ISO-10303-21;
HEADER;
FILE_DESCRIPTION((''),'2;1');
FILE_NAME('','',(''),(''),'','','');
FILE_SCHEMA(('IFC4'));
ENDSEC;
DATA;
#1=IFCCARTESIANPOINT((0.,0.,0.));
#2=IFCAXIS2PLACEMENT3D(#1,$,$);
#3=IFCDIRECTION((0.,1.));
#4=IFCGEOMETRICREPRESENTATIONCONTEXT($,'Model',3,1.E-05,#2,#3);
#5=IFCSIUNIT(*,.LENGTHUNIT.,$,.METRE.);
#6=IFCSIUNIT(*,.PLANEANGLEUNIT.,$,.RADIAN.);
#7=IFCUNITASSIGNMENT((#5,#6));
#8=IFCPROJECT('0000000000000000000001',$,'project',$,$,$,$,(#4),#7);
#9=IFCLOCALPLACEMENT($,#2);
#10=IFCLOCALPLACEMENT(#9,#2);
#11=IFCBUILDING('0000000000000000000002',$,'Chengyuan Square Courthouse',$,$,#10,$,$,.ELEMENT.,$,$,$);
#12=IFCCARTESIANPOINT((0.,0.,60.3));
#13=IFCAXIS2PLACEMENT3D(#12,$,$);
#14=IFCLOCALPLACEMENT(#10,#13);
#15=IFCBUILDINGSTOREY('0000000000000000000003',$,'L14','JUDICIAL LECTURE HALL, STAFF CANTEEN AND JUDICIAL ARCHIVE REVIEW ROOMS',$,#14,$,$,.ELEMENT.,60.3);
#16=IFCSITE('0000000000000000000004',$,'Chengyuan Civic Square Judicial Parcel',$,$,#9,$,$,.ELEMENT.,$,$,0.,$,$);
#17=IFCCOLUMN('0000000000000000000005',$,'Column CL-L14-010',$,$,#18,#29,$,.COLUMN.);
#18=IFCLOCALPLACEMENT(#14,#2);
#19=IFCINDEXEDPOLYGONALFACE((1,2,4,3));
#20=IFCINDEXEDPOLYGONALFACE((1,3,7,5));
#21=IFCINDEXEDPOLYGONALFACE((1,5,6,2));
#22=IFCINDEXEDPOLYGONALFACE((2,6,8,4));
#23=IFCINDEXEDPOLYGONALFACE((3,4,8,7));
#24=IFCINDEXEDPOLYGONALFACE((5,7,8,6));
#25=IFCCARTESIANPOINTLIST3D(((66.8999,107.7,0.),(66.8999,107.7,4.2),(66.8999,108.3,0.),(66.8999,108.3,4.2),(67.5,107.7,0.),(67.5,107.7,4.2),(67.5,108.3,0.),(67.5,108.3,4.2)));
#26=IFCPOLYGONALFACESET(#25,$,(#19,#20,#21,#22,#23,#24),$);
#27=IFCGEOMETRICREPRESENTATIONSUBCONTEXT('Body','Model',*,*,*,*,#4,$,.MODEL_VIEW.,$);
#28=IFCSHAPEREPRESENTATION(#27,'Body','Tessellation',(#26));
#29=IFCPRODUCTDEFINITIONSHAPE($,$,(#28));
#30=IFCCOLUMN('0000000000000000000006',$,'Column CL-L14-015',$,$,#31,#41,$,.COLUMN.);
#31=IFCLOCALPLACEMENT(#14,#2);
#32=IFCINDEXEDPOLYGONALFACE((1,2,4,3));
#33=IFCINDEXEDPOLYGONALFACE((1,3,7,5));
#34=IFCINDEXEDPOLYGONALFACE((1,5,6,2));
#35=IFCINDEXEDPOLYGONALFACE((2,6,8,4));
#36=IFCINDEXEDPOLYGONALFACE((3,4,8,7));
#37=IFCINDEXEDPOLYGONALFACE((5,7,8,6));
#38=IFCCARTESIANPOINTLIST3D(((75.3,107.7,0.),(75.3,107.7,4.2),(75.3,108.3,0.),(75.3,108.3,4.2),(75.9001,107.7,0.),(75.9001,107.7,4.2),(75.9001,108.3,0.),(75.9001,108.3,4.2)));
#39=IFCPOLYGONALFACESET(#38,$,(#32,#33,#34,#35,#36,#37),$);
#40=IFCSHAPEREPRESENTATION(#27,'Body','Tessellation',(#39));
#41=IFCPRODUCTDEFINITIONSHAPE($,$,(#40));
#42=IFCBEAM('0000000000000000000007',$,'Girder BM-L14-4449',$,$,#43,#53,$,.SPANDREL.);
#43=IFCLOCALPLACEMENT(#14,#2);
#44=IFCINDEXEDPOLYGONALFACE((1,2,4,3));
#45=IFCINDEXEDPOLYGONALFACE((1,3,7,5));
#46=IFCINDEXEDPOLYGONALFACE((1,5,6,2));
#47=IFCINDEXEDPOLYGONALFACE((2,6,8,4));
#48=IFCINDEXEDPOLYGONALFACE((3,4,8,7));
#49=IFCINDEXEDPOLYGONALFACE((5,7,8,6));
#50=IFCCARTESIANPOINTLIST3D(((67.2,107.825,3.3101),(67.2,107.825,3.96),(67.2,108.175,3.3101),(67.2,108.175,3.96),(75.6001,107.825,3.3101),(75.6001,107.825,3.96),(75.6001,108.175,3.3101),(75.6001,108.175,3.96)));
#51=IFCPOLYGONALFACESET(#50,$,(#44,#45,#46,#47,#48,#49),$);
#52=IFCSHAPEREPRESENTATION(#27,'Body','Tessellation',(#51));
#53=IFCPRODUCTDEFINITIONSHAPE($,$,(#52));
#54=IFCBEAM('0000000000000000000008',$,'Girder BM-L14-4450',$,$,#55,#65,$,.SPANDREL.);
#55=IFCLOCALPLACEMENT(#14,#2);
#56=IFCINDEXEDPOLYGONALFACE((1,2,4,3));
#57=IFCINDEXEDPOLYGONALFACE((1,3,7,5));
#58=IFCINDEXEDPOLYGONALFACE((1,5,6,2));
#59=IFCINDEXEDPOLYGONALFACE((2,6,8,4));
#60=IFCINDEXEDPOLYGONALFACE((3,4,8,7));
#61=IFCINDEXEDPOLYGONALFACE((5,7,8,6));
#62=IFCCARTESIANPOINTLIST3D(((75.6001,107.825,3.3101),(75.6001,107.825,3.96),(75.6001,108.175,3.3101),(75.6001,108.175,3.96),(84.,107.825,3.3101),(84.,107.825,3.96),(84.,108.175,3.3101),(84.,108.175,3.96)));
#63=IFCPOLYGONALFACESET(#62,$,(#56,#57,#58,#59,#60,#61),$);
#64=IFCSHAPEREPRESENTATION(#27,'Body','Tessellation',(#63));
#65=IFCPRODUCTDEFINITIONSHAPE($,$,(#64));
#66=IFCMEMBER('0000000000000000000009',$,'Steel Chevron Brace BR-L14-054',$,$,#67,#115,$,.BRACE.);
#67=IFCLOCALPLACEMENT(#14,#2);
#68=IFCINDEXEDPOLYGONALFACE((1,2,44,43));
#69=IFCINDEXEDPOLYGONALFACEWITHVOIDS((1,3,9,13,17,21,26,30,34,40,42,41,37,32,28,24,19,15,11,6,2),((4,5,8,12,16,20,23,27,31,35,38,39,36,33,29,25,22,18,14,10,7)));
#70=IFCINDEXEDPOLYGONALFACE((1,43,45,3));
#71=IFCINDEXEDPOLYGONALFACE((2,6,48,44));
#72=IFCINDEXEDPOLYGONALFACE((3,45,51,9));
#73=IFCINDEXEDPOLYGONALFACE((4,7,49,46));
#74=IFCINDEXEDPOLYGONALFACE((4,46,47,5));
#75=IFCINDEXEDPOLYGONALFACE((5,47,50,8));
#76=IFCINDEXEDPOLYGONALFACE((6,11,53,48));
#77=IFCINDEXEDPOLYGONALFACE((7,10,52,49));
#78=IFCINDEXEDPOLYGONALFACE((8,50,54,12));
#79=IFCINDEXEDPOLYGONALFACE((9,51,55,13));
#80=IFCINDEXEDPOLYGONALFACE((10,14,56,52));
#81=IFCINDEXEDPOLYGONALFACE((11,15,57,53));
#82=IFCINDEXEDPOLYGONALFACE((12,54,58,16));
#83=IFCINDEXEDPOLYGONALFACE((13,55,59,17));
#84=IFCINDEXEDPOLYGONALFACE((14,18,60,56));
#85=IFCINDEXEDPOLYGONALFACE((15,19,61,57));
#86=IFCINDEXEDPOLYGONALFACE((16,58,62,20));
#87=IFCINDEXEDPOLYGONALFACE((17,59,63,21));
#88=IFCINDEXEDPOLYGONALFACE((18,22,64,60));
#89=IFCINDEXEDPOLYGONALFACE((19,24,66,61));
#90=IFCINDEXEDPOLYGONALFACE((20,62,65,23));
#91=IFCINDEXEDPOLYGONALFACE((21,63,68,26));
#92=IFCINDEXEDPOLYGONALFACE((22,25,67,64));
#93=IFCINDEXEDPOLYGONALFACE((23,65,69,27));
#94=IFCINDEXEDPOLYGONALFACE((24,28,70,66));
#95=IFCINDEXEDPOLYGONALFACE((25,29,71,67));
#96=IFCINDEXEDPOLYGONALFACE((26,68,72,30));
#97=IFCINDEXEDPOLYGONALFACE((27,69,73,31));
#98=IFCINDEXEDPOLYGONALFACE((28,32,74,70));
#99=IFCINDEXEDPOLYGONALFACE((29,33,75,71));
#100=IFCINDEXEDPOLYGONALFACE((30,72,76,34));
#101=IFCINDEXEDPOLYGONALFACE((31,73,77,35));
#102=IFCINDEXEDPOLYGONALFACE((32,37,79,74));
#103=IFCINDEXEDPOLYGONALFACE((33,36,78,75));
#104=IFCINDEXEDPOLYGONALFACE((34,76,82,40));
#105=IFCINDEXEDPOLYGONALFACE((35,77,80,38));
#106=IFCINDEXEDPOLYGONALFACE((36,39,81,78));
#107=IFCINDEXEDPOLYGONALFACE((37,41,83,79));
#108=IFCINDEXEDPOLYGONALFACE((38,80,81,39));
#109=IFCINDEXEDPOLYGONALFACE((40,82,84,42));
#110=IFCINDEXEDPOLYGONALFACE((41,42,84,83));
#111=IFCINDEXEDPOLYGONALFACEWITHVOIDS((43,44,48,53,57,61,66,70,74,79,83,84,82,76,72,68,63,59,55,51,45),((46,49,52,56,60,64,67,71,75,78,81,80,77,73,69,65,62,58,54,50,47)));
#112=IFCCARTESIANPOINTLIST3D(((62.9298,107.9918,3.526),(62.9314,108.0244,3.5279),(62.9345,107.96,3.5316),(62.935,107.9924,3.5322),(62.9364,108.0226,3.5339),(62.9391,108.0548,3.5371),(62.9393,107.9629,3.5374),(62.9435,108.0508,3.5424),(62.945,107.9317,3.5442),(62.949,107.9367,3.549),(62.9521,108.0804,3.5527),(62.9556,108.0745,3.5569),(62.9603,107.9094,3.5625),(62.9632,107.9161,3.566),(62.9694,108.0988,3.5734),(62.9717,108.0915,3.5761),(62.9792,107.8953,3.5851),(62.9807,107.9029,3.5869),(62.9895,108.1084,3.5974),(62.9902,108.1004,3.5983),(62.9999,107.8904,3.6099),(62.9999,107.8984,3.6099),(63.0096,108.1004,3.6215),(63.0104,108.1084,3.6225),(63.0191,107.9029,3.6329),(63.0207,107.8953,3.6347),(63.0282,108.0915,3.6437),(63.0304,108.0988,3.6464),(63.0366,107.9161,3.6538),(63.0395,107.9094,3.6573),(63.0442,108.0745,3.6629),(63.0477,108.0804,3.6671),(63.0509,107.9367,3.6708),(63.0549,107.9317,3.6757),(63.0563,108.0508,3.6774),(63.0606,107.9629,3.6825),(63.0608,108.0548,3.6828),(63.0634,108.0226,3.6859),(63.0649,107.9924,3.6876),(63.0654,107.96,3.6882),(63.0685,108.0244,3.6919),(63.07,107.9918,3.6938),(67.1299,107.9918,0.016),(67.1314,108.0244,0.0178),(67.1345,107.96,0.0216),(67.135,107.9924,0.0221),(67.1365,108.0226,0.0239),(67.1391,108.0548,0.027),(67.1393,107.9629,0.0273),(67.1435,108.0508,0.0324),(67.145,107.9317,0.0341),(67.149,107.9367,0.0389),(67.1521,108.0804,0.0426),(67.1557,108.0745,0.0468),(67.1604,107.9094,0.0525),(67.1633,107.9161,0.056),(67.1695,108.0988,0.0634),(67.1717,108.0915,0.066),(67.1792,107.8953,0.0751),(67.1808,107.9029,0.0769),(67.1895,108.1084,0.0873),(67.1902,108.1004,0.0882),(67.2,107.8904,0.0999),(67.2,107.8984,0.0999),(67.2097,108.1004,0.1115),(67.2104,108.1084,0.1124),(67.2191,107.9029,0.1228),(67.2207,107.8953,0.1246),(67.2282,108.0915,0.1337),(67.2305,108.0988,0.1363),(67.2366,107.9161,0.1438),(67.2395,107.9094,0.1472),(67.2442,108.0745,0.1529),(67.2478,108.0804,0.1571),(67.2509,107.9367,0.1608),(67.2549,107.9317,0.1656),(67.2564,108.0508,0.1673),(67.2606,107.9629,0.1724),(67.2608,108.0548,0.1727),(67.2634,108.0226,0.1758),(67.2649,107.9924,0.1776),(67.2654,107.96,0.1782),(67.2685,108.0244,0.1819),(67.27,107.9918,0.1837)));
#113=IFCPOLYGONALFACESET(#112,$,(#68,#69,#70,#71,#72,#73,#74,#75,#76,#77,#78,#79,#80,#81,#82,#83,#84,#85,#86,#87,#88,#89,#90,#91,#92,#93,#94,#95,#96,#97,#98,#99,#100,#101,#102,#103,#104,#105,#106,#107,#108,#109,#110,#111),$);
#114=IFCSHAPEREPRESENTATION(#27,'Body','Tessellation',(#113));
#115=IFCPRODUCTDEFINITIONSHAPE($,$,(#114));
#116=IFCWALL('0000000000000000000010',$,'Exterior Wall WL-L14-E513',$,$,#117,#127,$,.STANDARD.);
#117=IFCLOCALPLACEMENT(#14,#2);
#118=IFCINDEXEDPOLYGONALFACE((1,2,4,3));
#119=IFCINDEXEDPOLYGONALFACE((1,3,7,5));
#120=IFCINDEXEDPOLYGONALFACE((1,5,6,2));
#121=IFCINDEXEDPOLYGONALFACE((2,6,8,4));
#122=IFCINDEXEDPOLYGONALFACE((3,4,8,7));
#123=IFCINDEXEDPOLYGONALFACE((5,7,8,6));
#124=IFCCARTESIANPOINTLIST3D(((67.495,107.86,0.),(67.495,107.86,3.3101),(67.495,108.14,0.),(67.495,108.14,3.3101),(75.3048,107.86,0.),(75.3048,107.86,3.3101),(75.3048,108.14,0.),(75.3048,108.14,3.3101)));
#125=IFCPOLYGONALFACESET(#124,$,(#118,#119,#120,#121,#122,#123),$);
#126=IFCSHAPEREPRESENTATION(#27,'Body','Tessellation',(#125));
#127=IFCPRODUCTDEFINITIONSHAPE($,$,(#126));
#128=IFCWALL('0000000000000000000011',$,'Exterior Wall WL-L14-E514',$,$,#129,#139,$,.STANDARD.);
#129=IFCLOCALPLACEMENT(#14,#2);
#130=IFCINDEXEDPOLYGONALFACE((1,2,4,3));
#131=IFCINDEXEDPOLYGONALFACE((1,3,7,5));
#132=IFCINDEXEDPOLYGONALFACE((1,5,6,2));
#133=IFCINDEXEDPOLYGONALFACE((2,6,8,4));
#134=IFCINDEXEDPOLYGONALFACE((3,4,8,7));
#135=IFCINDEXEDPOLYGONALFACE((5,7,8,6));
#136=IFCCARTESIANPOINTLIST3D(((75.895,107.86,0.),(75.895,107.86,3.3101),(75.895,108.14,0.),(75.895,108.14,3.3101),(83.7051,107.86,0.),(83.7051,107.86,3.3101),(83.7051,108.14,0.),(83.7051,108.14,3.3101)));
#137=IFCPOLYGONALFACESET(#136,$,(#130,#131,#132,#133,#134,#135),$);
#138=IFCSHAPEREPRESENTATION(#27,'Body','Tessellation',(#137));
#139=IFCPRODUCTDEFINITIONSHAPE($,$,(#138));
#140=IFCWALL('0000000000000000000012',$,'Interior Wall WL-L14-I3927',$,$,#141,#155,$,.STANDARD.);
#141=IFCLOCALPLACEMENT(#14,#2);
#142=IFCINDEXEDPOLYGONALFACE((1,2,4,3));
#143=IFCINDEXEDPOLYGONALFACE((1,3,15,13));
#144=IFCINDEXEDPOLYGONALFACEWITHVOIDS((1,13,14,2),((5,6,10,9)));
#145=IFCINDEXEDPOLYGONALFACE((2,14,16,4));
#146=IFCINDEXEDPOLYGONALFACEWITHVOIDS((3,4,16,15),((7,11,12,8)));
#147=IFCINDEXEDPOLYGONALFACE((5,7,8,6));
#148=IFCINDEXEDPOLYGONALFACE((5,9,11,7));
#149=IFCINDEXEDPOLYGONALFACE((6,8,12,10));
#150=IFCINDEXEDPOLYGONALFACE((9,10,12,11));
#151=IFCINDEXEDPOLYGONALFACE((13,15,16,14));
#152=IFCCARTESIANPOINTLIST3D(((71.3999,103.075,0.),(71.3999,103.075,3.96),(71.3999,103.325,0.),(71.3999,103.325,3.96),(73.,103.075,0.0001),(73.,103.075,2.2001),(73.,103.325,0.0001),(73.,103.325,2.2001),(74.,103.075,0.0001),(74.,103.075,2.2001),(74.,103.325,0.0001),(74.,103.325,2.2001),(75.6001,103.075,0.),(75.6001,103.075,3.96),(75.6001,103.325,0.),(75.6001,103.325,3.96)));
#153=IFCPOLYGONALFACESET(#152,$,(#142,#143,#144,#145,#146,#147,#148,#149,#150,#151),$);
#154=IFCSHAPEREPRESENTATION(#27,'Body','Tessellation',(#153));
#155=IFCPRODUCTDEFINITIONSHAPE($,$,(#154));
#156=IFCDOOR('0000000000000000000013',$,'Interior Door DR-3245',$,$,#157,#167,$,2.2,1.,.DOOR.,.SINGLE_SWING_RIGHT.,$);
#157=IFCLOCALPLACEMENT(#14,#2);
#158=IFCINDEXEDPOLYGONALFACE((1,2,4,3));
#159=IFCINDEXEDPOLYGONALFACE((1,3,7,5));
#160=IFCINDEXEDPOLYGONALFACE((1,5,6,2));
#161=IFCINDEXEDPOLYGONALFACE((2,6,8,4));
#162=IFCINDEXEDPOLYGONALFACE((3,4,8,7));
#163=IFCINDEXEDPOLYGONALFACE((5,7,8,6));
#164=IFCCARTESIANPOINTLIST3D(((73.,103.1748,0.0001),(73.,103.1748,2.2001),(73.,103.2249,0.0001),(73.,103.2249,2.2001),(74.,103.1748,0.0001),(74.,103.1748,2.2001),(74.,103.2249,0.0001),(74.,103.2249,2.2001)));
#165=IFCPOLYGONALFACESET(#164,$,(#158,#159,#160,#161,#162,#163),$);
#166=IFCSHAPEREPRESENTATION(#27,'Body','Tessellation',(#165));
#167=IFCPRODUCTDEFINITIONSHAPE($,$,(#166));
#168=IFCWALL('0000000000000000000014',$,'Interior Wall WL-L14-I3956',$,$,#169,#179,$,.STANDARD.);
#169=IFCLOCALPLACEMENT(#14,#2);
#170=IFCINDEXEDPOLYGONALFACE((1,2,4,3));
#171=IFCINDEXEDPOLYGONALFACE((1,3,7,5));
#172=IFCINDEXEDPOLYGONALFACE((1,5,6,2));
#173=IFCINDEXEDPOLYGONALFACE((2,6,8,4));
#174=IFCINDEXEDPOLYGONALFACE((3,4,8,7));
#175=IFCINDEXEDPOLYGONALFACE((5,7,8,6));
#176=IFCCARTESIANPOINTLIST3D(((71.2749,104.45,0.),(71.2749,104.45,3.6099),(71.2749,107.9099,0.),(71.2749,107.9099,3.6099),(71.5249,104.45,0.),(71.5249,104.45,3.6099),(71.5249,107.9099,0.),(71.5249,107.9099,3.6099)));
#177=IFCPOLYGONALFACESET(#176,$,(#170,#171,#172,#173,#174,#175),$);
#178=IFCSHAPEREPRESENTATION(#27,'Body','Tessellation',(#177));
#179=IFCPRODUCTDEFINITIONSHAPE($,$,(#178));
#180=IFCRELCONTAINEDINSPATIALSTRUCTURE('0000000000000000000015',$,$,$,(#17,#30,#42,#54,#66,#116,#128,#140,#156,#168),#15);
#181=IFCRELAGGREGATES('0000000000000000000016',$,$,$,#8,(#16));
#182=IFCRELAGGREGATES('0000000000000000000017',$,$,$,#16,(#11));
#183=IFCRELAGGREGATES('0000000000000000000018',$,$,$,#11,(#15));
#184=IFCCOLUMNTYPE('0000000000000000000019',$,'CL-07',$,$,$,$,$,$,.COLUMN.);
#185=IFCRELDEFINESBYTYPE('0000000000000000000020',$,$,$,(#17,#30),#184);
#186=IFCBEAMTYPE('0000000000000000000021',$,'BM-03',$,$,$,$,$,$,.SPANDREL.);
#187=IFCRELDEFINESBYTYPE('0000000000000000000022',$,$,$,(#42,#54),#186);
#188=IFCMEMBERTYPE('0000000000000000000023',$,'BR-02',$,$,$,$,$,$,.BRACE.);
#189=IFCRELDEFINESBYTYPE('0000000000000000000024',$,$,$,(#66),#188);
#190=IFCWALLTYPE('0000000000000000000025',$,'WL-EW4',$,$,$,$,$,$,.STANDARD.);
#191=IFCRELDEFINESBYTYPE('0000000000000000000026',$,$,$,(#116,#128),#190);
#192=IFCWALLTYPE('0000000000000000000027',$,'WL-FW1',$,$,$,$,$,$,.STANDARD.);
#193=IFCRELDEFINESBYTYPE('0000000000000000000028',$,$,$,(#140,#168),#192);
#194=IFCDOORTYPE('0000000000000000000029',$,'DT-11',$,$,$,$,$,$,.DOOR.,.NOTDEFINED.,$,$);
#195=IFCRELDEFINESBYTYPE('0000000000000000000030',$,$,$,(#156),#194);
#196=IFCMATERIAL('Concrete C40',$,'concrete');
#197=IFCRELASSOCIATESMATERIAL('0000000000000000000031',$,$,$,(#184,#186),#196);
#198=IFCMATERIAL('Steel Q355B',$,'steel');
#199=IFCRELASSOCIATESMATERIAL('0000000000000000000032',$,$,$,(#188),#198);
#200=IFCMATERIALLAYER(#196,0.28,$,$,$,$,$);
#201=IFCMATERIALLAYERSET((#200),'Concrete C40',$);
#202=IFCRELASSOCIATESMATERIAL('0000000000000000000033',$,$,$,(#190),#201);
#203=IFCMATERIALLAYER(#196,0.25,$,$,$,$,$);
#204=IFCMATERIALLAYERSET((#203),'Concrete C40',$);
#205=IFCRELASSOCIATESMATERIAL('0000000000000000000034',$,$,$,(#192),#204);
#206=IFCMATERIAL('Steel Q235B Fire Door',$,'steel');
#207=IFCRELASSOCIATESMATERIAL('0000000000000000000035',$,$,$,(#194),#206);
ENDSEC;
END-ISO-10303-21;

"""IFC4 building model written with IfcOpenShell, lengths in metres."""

from ifc_helpers import new_model, si_unit, direction, frame, frame_2d, origin, origin_2d, place, context, subcontext, project, spatial, rectangle, hollow_circle, extrude, material, layer, layer_set, material_profile, profile_set, type_object, element, fill, save


model = new_model("IFC4")

# Units and contexts
model_context = context("Model", 3, precision=1e-05, world=origin(), true_north=direction((0.0, 1.0)))
body_context = subcontext(model_context, "Body", "Model", "MODEL_VIEW")
ifc_project = project(units=[si_unit("LENGTHUNIT", "METRE"), si_unit("PLANEANGLEUNIT", "RADIAN")], contexts=[model_context])

# Site, building, storey
site_placement = place(None, origin())
site = spatial("IfcSite", under=ifc_project, at=site_placement, Name="Chengyuan Civic Square Judicial Parcel", CompositionType="ELEMENT", RefElevation=0.0)
building_placement = place(site_placement, origin())
building = spatial("IfcBuilding", under=site, at=building_placement, Name="Chengyuan Square Courthouse", CompositionType="ELEMENT")
storey_placement = place(building_placement, frame((0.0, 0.0, 60.3)))
storey = spatial("IfcBuildingStorey", under=building, at=storey_placement, Name="L14", Description="JUDICIAL LECTURE HALL, STAFF CANTEEN AND JUDICIAL ARCHIVE REVIEW ROOMS", CompositionType="ELEMENT", Elevation=60.3)

# Columns
ifc_material_1 = material(Name="Concrete C40", Category="concrete")
ifc_material_profile_1 = material_profile(ifc_material_1, rectangle(XDim=0.6001, YDim=0.6001, at=origin_2d()), Name="RC-COL-600x600")
ifc_profile_set_1 = profile_set([ifc_material_profile_1], Name="Concrete C40")
column_type = type_object("IfcColumnType", Name="CL-07", PredefinedType="COLUMN", material=ifc_profile_set_1)
for number, where, z_axis, x_axis, name in (
    (1, (67.2, 108.0, 0.0), (0.0, 0.0, 1.0), (1.0, 0.0, 0.0), "Column CL-L14-010"),
    (2, (75.6001, 108.0, 0.0), (0.0, 0.0, 1.0), (1.0, 0.0, 0.0), "Column CL-L14-015"),
):
    element("IfcColumn", number, at=place(storey_placement, frame(where, z_axis=z_axis, x_axis=x_axis)), inside=storey, type_object=column_type, Name=name, PredefinedType="COLUMN", context=body_context, shape_type="SweptSolid", body=[
        extrude(rectangle(XDim=0.6001, YDim=0.6001, at=origin_2d()), origin(), (0.0, 0.0, 1.0), 4.2),
    ])

# Beams
ifc_material_profile_2 = material_profile(ifc_material_1, rectangle(XDim=0.3501, YDim=0.6499, at=origin_2d()), Name="RC-BM-350x650")
ifc_profile_set_2 = profile_set([ifc_material_profile_2], Name="Concrete C40")
beam_type = type_object("IfcBeamType", Name="BM-03", PredefinedType="SPANDREL", material=ifc_profile_set_2)
beam_1_placement = place(storey_placement, frame((67.2, 108.0, 3.635), z_axis=(1.0, 0.0, 0.0), x_axis=(0.0, 1.0, 0.0)))
element("IfcBeam", 3, at=beam_1_placement, inside=storey, type_object=beam_type, Name="Girder BM-L14-4449", PredefinedType="SPANDREL", context=body_context, shape_type="SweptSolid", body=[
    extrude(rectangle(XDim=0.3501, YDim=0.6499, at=origin_2d()), origin(), (0.0, 0.0, 1.0), 8.4001),
])
beam_2_placement = place(storey_placement, frame((75.6001, 108.0, 3.635), z_axis=(1.0, 0.0, 0.0), x_axis=(0.0, 1.0, 0.0)))
element("IfcBeam", 4, at=beam_2_placement, inside=storey, type_object=beam_type, Name="Girder BM-L14-4450", PredefinedType="SPANDREL", context=body_context, shape_type="SweptSolid", body=[
    extrude(rectangle(XDim=0.3501, YDim=0.6499, at=origin_2d()), origin(), (0.0, 0.0, 1.0), 8.3999),
])

# Member
ifc_material_2 = material(Name="Steel Q355B", Category="steel")
ifc_material_profile_3 = material_profile(ifc_material_2, hollow_circle(Radius=0.1096, WallThickness=0.0081, at=origin_2d()), Name="CHS 219x8")
ifc_profile_set_3 = profile_set([ifc_material_profile_3], Name="Steel Q355B")
member_type = type_object("IfcMemberType", Name="BR-02", PredefinedType="BRACE", material=ifc_profile_set_3)
member_placement = place(storey_placement, frame((67.2, 108.0, 0.0999), z_axis=(-0.767317, 0.0, 0.641267), x_axis=(0.0, -1.0, 0.0)))
element("IfcMember", 5, at=member_placement, inside=storey, type_object=member_type, Name="Steel Chevron Brace BR-L14-054", PredefinedType="BRACE", context=body_context, shape_type="SweptSolid", body=[
    extrude(hollow_circle(Radius=0.1096, WallThickness=0.0081, at=origin_2d()), origin(), (0.0, 0.0, 1.0), 5.4736),
])

# Walls
ifc_layer_1 = layer(ifc_material_1, 0.28)
ifc_layer_set_1 = layer_set([ifc_layer_1], Name="Concrete C40")
wall_type_1 = type_object("IfcWallType", Name="WL-EW4", PredefinedType="STANDARD", material=ifc_layer_set_1)
wall_1_placement = place(storey_placement, frame((67.4951, 108.0, 0.0), z_axis=(0.0, 0.0, 1.0), x_axis=(1.0, 0.0, 0.0)))
element("IfcWall", 6, at=wall_1_placement, inside=storey, type_object=wall_type_1, Name="Exterior Wall WL-L14-E513", PredefinedType="STANDARD", context=body_context, shape_type="SweptSolid", body=[
    extrude(rectangle(XDim=7.8098, YDim=0.28, at=frame_2d((3.9048, 0.0))), origin(), (0.0, 0.0, 1.0), 3.3101),
])
wall_2_placement = place(storey_placement, frame((75.895, 108.0, 0.0), z_axis=(0.0, 0.0, 1.0), x_axis=(1.0, 0.0, 0.0)))
element("IfcWall", 7, at=wall_2_placement, inside=storey, type_object=wall_type_1, Name="Exterior Wall WL-L14-E514", PredefinedType="STANDARD", context=body_context, shape_type="SweptSolid", body=[
    extrude(rectangle(XDim=7.8101, YDim=0.28, at=frame_2d((3.905, 0.0))), origin(), (0.0, 0.0, 1.0), 3.3101),
])

# Wall, opening, door
ifc_layer_2 = layer(ifc_material_1, 0.25)
ifc_layer_set_2 = layer_set([ifc_layer_2], Name="Concrete C40")
wall_type_2 = type_object("IfcWallType", Name="WL-FW1", PredefinedType="STANDARD", material=ifc_layer_set_2)
wall_3_placement = place(storey_placement, frame((71.3999, 103.2, 0.0), z_axis=(0.0, 0.0, 1.0), x_axis=(1.0, 0.0, 0.0)))
wall_3 = element("IfcWall", 8, at=wall_3_placement, inside=storey, type_object=wall_type_2, Name="Interior Wall WL-L14-I3927", PredefinedType="STANDARD", context=body_context, shape_type="SweptSolid", body=[
    extrude(rectangle(XDim=4.2002, YDim=0.25, at=frame_2d((2.1001, 0.0))), origin(), (0.0, 0.0, 1.0), 3.96),
])
opening_1_placement = place(wall_3_placement, frame((1.6001, 0.0, 0.0)))
opening_1 = element("IfcOpeningElement", 9, at=opening_1_placement, cuts=wall_3, PredefinedType="OPENING", context=body_context, shape_type="SweptSolid", body=[
    extrude(rectangle(XDim=1.0, YDim=2.2, at=frame_2d((0.5, 1.1001))), frame((0.0, 0.137, 0.0), z_axis=(0.0, -1.0, 0.0), x_axis=(1.0, 0.0, 0.0)), (0.0, 0.0, 1.0), 0.2739),
])
ifc_material_3 = material(Name="Steel Q235B Fire Door", Category="steel")
door_type_1 = type_object("IfcDoorType", Name="DT-11", OperationType="NOTDEFINED", PredefinedType="DOOR", material=ifc_material_3)
door_1_placement = place(opening_1_placement, origin())
door_1 = element("IfcDoor", 10, at=door_1_placement, inside=storey, type_object=door_type_1, Name="Interior Door DR-3245", OperationType="SINGLE_SWING_RIGHT", OverallHeight=2.2, OverallWidth=1.0, PredefinedType="DOOR", context=body_context, shape_type="SweptSolid", body=[
    extrude(rectangle(XDim=1.0, YDim=2.2, at=frame_2d((0.5, 1.1001))), frame((0.0, 0.0249, 0.0), z_axis=(0.0, -1.0, 0.0), x_axis=(1.0, 0.0, 0.0)), (0.0, 0.0, 1.0), 0.05),
])
fill(opening_1, door_1)

# Wall
wall_4_placement = place(storey_placement, frame((71.3999, 104.45, 0.0), z_axis=(0.0, 0.0, 1.0), x_axis=(0.0, 1.0, 0.0)))
element("IfcWall", 11, at=wall_4_placement, inside=storey, type_object=wall_type_2, Name="Interior Wall WL-L14-I3956", PredefinedType="STANDARD", context=body_context, shape_type="SweptSolid", body=[
    extrude(rectangle(XDim=3.46, YDim=0.25, at=frame_2d((1.73, 0.0))), origin(), (0.0, 0.0, 1.0), 3.6099),
])

save(model, "model.ifc")
